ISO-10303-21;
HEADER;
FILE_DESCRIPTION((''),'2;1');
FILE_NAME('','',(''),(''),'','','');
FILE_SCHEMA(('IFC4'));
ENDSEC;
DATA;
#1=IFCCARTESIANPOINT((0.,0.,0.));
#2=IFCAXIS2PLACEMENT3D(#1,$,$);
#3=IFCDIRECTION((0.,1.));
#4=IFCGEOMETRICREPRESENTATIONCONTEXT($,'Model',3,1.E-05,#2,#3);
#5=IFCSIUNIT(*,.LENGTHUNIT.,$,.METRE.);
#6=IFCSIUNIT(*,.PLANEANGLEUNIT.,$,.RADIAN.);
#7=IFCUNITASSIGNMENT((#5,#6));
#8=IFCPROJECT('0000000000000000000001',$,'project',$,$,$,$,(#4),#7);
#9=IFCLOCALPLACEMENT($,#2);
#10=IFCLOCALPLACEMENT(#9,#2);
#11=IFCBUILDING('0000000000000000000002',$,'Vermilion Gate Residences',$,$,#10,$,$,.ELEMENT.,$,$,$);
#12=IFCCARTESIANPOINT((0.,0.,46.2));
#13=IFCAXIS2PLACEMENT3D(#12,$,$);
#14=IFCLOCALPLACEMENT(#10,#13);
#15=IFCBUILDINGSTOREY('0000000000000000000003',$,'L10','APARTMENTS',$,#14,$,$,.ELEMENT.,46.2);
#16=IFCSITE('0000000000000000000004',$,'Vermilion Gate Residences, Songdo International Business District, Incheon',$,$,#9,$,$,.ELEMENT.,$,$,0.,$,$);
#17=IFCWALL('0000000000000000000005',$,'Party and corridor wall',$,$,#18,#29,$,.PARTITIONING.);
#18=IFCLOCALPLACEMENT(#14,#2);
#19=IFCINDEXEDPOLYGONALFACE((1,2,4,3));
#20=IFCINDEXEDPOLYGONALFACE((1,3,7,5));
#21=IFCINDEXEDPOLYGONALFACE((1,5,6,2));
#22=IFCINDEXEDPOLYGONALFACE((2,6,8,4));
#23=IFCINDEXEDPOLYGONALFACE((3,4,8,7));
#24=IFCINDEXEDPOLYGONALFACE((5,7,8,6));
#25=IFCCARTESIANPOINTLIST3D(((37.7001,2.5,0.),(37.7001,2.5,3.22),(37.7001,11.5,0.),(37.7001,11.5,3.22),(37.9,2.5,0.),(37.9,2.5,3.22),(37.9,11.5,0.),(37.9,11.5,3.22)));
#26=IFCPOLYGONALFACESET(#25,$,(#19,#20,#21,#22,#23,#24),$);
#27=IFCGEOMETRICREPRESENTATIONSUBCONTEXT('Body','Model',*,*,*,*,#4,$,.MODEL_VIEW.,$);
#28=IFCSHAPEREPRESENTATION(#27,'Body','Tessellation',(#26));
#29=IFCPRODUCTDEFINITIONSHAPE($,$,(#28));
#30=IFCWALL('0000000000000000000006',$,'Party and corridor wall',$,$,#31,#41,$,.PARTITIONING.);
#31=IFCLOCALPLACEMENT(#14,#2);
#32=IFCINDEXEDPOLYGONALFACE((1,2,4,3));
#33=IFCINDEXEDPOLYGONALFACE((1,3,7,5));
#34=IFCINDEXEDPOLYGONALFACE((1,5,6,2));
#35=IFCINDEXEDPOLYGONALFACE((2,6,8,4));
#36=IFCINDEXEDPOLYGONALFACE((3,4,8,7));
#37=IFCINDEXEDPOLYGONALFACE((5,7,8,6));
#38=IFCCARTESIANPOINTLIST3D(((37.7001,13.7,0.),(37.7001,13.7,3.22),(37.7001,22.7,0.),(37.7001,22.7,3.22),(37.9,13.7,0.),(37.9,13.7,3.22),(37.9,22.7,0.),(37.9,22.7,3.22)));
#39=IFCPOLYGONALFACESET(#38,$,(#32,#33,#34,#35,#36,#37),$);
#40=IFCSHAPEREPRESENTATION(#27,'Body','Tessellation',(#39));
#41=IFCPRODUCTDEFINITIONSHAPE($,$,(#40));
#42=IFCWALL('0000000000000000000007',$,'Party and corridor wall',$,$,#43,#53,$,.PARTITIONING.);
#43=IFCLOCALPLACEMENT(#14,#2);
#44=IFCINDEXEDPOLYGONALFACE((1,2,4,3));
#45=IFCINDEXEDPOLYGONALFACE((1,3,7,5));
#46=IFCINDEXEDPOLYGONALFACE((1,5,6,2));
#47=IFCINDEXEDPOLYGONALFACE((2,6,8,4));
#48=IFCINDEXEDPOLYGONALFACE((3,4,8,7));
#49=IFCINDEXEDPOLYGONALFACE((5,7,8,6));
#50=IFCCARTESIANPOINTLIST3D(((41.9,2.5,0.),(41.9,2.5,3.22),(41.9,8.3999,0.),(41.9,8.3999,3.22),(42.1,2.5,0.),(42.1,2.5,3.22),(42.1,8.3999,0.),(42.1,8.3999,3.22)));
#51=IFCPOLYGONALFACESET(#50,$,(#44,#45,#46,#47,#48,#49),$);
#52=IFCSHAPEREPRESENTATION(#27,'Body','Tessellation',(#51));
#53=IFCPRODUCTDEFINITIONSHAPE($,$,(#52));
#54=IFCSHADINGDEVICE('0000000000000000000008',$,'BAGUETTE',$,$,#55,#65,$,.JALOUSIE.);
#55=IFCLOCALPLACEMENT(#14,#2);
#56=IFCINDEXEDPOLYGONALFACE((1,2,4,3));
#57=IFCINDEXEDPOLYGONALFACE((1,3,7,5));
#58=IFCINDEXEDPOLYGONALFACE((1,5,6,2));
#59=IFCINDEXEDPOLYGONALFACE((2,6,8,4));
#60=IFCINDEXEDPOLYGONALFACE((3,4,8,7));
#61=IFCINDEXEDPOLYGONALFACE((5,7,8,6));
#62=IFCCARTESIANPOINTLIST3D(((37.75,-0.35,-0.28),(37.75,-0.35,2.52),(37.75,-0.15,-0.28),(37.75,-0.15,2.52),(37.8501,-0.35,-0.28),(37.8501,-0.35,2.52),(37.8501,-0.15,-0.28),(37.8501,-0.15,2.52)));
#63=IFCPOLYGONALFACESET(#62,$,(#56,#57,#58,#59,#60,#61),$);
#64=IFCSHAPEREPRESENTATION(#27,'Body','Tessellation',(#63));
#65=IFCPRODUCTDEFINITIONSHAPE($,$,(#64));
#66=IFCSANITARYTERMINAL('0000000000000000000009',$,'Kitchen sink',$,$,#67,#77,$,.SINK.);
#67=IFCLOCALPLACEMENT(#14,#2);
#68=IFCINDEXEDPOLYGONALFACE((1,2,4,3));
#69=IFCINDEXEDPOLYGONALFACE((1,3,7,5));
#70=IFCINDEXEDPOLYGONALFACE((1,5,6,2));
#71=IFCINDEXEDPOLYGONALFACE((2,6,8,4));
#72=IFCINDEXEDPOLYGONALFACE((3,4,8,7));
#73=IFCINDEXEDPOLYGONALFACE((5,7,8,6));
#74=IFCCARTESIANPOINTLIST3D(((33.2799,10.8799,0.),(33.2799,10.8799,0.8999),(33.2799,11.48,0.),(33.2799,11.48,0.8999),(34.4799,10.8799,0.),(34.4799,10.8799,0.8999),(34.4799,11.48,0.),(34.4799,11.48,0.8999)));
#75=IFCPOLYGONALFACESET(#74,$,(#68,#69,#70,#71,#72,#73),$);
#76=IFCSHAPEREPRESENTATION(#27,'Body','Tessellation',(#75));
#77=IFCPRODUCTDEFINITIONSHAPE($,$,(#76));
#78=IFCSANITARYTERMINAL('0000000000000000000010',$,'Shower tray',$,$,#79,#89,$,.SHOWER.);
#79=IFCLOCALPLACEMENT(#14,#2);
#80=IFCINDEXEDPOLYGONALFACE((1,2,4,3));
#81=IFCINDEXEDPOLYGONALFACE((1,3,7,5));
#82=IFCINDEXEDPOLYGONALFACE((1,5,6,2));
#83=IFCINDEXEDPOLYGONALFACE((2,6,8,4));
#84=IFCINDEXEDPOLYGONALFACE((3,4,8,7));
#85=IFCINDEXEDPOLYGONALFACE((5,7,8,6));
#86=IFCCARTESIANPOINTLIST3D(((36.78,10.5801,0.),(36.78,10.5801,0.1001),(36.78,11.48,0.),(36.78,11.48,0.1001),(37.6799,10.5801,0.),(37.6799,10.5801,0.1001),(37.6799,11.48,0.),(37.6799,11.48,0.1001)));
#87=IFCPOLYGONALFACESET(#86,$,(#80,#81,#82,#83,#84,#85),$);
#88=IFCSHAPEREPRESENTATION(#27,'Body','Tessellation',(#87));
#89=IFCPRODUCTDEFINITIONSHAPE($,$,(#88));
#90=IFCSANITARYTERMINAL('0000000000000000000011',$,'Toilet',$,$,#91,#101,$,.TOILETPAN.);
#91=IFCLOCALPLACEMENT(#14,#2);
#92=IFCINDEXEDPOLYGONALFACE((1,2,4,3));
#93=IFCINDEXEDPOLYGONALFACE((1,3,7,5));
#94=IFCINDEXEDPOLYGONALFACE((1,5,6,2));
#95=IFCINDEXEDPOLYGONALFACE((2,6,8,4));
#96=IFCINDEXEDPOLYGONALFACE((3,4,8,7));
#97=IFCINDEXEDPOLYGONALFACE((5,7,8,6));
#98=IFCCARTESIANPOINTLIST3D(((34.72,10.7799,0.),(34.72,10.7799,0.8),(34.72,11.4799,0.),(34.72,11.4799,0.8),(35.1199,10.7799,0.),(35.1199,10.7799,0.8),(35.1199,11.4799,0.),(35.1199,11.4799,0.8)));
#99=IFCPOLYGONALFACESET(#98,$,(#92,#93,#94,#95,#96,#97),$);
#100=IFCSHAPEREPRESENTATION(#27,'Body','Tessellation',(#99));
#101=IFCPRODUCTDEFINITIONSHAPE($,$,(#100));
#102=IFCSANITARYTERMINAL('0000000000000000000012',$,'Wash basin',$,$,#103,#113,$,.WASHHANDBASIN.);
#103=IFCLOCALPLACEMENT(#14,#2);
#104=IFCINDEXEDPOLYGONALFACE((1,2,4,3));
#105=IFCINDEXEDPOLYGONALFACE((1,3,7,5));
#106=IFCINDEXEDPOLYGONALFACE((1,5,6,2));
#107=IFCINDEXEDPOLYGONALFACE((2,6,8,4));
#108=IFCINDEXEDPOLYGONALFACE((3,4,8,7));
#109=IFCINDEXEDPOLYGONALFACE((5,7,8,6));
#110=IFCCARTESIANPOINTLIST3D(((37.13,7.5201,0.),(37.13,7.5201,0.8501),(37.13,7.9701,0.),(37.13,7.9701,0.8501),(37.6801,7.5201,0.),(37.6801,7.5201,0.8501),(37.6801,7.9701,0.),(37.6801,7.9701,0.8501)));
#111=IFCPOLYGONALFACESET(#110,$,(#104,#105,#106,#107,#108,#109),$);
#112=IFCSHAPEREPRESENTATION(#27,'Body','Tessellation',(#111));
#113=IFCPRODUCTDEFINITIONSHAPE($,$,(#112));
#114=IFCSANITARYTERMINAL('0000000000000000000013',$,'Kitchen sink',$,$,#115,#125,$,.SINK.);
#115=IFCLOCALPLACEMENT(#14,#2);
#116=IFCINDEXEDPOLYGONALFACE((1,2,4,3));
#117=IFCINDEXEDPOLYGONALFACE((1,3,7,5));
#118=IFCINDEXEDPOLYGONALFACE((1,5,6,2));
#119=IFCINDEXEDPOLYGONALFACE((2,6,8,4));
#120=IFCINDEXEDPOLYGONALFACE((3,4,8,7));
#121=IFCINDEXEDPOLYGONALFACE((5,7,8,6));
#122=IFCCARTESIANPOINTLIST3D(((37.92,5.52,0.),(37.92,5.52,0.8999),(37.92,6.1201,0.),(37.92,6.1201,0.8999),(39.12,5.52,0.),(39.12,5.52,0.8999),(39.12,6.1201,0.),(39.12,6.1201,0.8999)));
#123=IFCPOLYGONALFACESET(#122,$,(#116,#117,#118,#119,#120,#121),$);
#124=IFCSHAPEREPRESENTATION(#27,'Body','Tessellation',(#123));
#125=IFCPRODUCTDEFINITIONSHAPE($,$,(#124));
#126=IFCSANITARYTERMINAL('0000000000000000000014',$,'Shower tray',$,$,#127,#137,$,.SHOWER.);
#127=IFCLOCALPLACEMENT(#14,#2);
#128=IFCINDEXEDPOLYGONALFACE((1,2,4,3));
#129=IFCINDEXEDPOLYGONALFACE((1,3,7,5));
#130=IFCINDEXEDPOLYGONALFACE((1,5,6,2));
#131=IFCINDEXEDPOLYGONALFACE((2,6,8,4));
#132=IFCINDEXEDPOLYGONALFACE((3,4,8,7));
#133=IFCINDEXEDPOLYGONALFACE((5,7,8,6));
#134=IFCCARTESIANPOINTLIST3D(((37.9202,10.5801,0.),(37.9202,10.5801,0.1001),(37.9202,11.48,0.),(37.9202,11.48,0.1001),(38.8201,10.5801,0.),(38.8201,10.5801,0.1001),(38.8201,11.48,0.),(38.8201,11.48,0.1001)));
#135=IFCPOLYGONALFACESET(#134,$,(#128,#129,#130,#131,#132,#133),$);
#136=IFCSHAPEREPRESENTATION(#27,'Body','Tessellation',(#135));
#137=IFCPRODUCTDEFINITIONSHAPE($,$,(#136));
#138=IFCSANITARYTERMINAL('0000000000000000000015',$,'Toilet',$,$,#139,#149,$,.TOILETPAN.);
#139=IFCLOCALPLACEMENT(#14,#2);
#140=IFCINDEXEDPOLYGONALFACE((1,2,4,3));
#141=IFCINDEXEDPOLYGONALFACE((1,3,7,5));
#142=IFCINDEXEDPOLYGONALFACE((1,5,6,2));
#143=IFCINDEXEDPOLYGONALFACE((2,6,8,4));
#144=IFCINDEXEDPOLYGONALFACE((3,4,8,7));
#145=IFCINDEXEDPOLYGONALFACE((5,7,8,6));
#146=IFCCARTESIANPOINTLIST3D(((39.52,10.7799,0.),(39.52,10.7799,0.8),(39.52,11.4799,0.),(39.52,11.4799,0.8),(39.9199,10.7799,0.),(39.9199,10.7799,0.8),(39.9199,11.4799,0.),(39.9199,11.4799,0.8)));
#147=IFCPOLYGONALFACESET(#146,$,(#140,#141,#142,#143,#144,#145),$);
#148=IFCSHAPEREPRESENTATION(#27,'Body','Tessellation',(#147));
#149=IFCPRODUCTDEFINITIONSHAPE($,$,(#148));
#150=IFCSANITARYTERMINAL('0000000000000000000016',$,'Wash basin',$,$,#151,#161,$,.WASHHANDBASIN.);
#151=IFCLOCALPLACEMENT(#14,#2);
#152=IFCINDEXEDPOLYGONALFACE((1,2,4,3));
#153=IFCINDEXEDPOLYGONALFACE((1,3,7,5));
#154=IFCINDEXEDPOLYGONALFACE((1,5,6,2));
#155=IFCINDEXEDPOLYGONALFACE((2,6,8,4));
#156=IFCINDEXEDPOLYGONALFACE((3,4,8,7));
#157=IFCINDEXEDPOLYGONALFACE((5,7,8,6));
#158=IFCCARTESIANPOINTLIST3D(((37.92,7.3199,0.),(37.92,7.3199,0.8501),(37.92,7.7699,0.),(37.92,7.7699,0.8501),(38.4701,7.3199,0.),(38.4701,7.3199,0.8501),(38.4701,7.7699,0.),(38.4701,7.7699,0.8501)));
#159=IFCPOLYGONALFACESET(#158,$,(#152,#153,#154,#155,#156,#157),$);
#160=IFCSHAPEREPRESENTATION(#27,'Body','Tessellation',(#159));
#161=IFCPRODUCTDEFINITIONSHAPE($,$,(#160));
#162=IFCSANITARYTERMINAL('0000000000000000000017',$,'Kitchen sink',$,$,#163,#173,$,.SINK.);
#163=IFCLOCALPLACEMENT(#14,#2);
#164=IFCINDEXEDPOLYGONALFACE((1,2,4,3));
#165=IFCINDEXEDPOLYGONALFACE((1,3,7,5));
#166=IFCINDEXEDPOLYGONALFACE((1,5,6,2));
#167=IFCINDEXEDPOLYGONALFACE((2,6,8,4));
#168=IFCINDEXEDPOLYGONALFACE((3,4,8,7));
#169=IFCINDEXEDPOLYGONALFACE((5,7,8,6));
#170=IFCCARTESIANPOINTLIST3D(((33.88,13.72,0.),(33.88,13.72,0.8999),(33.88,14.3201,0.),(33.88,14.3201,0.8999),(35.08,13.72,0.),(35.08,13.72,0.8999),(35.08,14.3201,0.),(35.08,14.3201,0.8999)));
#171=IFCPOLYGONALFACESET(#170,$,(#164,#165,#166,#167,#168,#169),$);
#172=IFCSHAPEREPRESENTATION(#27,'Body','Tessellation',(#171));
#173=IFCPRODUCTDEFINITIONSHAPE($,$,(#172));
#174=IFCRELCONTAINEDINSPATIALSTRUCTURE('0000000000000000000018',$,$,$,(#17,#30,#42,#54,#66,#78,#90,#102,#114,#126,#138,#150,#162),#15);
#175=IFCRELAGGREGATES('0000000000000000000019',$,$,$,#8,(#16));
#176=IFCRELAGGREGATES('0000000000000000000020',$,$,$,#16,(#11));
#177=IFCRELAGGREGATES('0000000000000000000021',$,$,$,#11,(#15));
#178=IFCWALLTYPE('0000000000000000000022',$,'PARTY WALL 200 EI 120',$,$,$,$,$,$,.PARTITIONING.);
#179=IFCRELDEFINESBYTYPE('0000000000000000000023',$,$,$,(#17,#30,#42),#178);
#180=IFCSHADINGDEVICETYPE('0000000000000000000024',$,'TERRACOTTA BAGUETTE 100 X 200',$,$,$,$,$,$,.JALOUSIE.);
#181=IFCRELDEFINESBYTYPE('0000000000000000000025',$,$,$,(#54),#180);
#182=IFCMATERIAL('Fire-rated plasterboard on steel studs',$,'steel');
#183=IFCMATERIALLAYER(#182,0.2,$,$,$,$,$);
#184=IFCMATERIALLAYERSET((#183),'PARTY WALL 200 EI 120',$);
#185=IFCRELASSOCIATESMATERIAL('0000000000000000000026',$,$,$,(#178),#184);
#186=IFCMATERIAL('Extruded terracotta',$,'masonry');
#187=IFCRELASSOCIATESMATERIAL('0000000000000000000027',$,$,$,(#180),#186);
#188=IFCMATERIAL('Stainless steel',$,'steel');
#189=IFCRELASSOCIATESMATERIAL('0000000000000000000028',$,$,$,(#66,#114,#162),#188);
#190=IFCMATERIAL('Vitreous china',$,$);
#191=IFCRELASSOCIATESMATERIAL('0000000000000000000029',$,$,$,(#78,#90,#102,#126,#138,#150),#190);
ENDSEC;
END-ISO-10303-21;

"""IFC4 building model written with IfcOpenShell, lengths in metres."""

from ifc_helpers import new_model, si_unit, direction, frame, frame_2d, origin, origin_2d, place, context, subcontext, project, spatial, rectangle, extrude, material, layer, layer_set, material_profile, profile_set, type_object, element, save


model = new_model("IFC4")

# Units and contexts
model_context = context("Model", 3, precision=1e-05, world=origin(), true_north=direction((0.0, 1.0)))
body_context = subcontext(model_context, "Body", "Model", "MODEL_VIEW")
ifc_project = project(units=[si_unit("LENGTHUNIT", "METRE"), si_unit("PLANEANGLEUNIT", "RADIAN")], contexts=[model_context])

# Site, building, storey
site_placement = place(None, origin())
site = spatial("IfcSite", under=ifc_project, at=site_placement, Name="Vermilion Gate Residences, Songdo International Business District, Incheon", CompositionType="ELEMENT", RefElevation=0.0)
building_placement = place(site_placement, origin())
building = spatial("IfcBuilding", under=site, at=building_placement, Name="Vermilion Gate Residences", CompositionType="ELEMENT")
storey_placement = place(building_placement, frame((0.0, 0.0, 46.2)))
storey = spatial("IfcBuildingStorey", under=building, at=storey_placement, Name="L10", Description="APARTMENTS", CompositionType="ELEMENT", Elevation=46.2)

# Walls
ifc_material_1 = material(Name="Fire-rated plasterboard on steel studs", Category="steel")
ifc_layer_1 = layer(ifc_material_1, 0.2)
ifc_layer_set_1 = layer_set([ifc_layer_1], Name="PARTY WALL 200 EI 120")
wall_type_1 = type_object("IfcWallType", Name="PARTY WALL 200 EI 120", PredefinedType="PARTITIONING", material=ifc_layer_set_1)
for number, where, z_axis, x_axis, name in (
    (1, (37.8, 2.5, 0.0), (0.0, 0.0, 1.0), (0.0, 1.0, 0.0), "Party and corridor wall"),
    (2, (37.8, 13.7, 0.0), (0.0, 0.0, 1.0), (0.0, 1.0, 0.0), "Party and corridor wall"),
):
    element("IfcWall", number, at=place(storey_placement, frame(where, z_axis=z_axis, x_axis=x_axis)), inside=storey, type_object=wall_type_1, Name=name, PredefinedType="PARTITIONING", context=body_context, shape_type="SweptSolid", body=[
        extrude(rectangle(XDim=9.0, YDim=0.2, at=frame_2d((4.5, 0.0))), origin(), (0.0, 0.0, 1.0), 3.22),
    ])
wall_1_placement = place(storey_placement, frame((42.0, 2.5, 0.0), z_axis=(0.0, 0.0, 1.0), x_axis=(0.0, 1.0, 0.0)))
element("IfcWall", 3, at=wall_1_placement, inside=storey, type_object=wall_type_1, Name="Party and corridor wall", PredefinedType="PARTITIONING", context=body_context, shape_type="SweptSolid", body=[
    extrude(rectangle(XDim=5.8999, YDim=0.2, at=frame_2d((2.95, 0.0))), origin(), (0.0, 0.0, 1.0), 3.22),
])

# Shading device
ifc_material_2 = material(Name="Extruded terracotta", Category="masonry")
ifc_material_profile_1 = material_profile(ifc_material_2, rectangle(XDim=0.2, YDim=0.1001, at=origin_2d()), Name="BAGUETTE 100 X 200")
ifc_profile_set_1 = profile_set([ifc_material_profile_1], Name="Extruded terracotta")
shading_device_type = type_object("IfcShadingDeviceType", Name="TERRACOTTA BAGUETTE 100 X 200", PredefinedType="JALOUSIE", material=ifc_profile_set_1)
shading_device_placement = place(storey_placement, frame((37.8, -0.25, -0.28), z_axis=(0.0, 0.0, 1.0), x_axis=(0.0, 1.0, 0.0)))
element("IfcShadingDevice", 4, at=shading_device_placement, inside=storey, type_object=shading_device_type, Name="BAGUETTE", PredefinedType="JALOUSIE", context=body_context, shape_type="SweptSolid", body=[
    extrude(rectangle(XDim=0.2, YDim=0.1001, at=origin_2d()), origin(), (0.0, 0.0, 1.0), 2.8),
])

# Sanitary terminals
ifc_material_3 = material(Name="Stainless steel", Category="steel")
sanitary_terminal_1_placement = place(storey_placement, frame((33.8799, 11.1799, 0.0), z_axis=(0.0, 0.0, 1.0), x_axis=(1.0, 0.0, 0.0)))
element("IfcSanitaryTerminal", 5, at=sanitary_terminal_1_placement, inside=storey, material=ifc_material_3, Name="Kitchen sink", PredefinedType="SINK", context=body_context, shape_type="SweptSolid", body=[
    extrude(rectangle(XDim=1.2, YDim=0.6001, at=origin_2d()), origin(), (0.0, 0.0, 1.0), 0.8999),
])
ifc_material_4 = material(Name="Vitreous china")
sanitary_terminal_2_placement = place(storey_placement, frame((37.23, 11.03, 0.0), z_axis=(0.0, 0.0, 1.0), x_axis=(1.0, 0.0, 0.0)))
element("IfcSanitaryTerminal", 6, at=sanitary_terminal_2_placement, inside=storey, material=ifc_material_4, Name="Shower tray", PredefinedType="SHOWER", context=body_context, shape_type="SweptSolid", body=[
    extrude(rectangle(XDim=0.8999, YDim=0.8999, at=origin_2d()), origin(), (0.0, 0.0, 1.0), 0.1001),
])
sanitary_terminal_3_placement = place(storey_placement, frame((34.9199, 11.1299, 0.0), z_axis=(0.0, 0.0, 1.0), x_axis=(1.0, 0.0, 0.0)))
element("IfcSanitaryTerminal", 7, at=sanitary_terminal_3_placement, inside=storey, material=ifc_material_4, Name="Toilet", PredefinedType="TOILETPAN", context=body_context, shape_type="SweptSolid", body=[
    extrude(rectangle(XDim=0.3999, YDim=0.7, at=origin_2d()), origin(), (0.0, 0.0, 1.0), 0.8),
])
sanitary_terminal_4_placement = place(storey_placement, frame((37.405, 7.7451, 0.0), z_axis=(0.0, 0.0, 1.0), x_axis=(1.0, 0.0, 0.0)))
element("IfcSanitaryTerminal", 8, at=sanitary_terminal_4_placement, inside=storey, material=ifc_material_4, Name="Wash basin", PredefinedType="WASHHANDBASIN", context=body_context, shape_type="SweptSolid", body=[
    extrude(rectangle(XDim=0.55, YDim=0.45, at=origin_2d()), origin(), (0.0, 0.0, 1.0), 0.8501),
])
sanitary_terminal_5_placement = place(storey_placement, frame((38.52, 5.8201, 0.0), z_axis=(0.0, 0.0, 1.0), x_axis=(1.0, 0.0, 0.0)))
element("IfcSanitaryTerminal", 9, at=sanitary_terminal_5_placement, inside=storey, material=ifc_material_3, Name="Kitchen sink", PredefinedType="SINK", context=body_context, shape_type="SweptSolid", body=[
    extrude(rectangle(XDim=1.2, YDim=0.6001, at=origin_2d()), origin(), (0.0, 0.0, 1.0), 0.8999),
])
sanitary_terminal_6_placement = place(storey_placement, frame((38.3701, 11.03, 0.0), z_axis=(0.0, 0.0, 1.0), x_axis=(1.0, 0.0, 0.0)))
element("IfcSanitaryTerminal", 10, at=sanitary_terminal_6_placement, inside=storey, material=ifc_material_4, Name="Shower tray", PredefinedType="SHOWER", context=body_context, shape_type="SweptSolid", body=[
    extrude(rectangle(XDim=0.8999, YDim=0.8999, at=origin_2d()), origin(), (0.0, 0.0, 1.0), 0.1001),
])
sanitary_terminal_7_placement = place(storey_placement, frame((39.72, 11.1299, 0.0), z_axis=(0.0, 0.0, 1.0), x_axis=(1.0, 0.0, 0.0)))
element("IfcSanitaryTerminal", 11, at=sanitary_terminal_7_placement, inside=storey, material=ifc_material_4, Name="Toilet", PredefinedType="TOILETPAN", context=body_context, shape_type="SweptSolid", body=[
    extrude(rectangle(XDim=0.3999, YDim=0.7, at=origin_2d()), origin(), (0.0, 0.0, 1.0), 0.8),
])
sanitary_terminal_8_placement = place(storey_placement, frame((38.1951, 7.5449, 0.0), z_axis=(0.0, 0.0, 1.0), x_axis=(1.0, 0.0, 0.0)))
element("IfcSanitaryTerminal", 12, at=sanitary_terminal_8_placement, inside=storey, material=ifc_material_4, Name="Wash basin", PredefinedType="WASHHANDBASIN", context=body_context, shape_type="SweptSolid", body=[
    extrude(rectangle(XDim=0.55, YDim=0.45, at=origin_2d()), origin(), (0.0, 0.0, 1.0), 0.8501),
])
sanitary_terminal_9_placement = place(storey_placement, frame((34.48, 14.02, 0.0), z_axis=(0.0, 0.0, 1.0), x_axis=(1.0, 0.0, 0.0)))
element("IfcSanitaryTerminal", 13, at=sanitary_terminal_9_placement, inside=storey, material=ifc_material_3, Name="Kitchen sink", PredefinedType="SINK", context=body_context, shape_type="SweptSolid", body=[
    extrude(rectangle(XDim=1.2, YDim=0.6001, at=origin_2d()), origin(), (0.0, 0.0, 1.0), 0.8999),
])

save(model, "model.ifc")
